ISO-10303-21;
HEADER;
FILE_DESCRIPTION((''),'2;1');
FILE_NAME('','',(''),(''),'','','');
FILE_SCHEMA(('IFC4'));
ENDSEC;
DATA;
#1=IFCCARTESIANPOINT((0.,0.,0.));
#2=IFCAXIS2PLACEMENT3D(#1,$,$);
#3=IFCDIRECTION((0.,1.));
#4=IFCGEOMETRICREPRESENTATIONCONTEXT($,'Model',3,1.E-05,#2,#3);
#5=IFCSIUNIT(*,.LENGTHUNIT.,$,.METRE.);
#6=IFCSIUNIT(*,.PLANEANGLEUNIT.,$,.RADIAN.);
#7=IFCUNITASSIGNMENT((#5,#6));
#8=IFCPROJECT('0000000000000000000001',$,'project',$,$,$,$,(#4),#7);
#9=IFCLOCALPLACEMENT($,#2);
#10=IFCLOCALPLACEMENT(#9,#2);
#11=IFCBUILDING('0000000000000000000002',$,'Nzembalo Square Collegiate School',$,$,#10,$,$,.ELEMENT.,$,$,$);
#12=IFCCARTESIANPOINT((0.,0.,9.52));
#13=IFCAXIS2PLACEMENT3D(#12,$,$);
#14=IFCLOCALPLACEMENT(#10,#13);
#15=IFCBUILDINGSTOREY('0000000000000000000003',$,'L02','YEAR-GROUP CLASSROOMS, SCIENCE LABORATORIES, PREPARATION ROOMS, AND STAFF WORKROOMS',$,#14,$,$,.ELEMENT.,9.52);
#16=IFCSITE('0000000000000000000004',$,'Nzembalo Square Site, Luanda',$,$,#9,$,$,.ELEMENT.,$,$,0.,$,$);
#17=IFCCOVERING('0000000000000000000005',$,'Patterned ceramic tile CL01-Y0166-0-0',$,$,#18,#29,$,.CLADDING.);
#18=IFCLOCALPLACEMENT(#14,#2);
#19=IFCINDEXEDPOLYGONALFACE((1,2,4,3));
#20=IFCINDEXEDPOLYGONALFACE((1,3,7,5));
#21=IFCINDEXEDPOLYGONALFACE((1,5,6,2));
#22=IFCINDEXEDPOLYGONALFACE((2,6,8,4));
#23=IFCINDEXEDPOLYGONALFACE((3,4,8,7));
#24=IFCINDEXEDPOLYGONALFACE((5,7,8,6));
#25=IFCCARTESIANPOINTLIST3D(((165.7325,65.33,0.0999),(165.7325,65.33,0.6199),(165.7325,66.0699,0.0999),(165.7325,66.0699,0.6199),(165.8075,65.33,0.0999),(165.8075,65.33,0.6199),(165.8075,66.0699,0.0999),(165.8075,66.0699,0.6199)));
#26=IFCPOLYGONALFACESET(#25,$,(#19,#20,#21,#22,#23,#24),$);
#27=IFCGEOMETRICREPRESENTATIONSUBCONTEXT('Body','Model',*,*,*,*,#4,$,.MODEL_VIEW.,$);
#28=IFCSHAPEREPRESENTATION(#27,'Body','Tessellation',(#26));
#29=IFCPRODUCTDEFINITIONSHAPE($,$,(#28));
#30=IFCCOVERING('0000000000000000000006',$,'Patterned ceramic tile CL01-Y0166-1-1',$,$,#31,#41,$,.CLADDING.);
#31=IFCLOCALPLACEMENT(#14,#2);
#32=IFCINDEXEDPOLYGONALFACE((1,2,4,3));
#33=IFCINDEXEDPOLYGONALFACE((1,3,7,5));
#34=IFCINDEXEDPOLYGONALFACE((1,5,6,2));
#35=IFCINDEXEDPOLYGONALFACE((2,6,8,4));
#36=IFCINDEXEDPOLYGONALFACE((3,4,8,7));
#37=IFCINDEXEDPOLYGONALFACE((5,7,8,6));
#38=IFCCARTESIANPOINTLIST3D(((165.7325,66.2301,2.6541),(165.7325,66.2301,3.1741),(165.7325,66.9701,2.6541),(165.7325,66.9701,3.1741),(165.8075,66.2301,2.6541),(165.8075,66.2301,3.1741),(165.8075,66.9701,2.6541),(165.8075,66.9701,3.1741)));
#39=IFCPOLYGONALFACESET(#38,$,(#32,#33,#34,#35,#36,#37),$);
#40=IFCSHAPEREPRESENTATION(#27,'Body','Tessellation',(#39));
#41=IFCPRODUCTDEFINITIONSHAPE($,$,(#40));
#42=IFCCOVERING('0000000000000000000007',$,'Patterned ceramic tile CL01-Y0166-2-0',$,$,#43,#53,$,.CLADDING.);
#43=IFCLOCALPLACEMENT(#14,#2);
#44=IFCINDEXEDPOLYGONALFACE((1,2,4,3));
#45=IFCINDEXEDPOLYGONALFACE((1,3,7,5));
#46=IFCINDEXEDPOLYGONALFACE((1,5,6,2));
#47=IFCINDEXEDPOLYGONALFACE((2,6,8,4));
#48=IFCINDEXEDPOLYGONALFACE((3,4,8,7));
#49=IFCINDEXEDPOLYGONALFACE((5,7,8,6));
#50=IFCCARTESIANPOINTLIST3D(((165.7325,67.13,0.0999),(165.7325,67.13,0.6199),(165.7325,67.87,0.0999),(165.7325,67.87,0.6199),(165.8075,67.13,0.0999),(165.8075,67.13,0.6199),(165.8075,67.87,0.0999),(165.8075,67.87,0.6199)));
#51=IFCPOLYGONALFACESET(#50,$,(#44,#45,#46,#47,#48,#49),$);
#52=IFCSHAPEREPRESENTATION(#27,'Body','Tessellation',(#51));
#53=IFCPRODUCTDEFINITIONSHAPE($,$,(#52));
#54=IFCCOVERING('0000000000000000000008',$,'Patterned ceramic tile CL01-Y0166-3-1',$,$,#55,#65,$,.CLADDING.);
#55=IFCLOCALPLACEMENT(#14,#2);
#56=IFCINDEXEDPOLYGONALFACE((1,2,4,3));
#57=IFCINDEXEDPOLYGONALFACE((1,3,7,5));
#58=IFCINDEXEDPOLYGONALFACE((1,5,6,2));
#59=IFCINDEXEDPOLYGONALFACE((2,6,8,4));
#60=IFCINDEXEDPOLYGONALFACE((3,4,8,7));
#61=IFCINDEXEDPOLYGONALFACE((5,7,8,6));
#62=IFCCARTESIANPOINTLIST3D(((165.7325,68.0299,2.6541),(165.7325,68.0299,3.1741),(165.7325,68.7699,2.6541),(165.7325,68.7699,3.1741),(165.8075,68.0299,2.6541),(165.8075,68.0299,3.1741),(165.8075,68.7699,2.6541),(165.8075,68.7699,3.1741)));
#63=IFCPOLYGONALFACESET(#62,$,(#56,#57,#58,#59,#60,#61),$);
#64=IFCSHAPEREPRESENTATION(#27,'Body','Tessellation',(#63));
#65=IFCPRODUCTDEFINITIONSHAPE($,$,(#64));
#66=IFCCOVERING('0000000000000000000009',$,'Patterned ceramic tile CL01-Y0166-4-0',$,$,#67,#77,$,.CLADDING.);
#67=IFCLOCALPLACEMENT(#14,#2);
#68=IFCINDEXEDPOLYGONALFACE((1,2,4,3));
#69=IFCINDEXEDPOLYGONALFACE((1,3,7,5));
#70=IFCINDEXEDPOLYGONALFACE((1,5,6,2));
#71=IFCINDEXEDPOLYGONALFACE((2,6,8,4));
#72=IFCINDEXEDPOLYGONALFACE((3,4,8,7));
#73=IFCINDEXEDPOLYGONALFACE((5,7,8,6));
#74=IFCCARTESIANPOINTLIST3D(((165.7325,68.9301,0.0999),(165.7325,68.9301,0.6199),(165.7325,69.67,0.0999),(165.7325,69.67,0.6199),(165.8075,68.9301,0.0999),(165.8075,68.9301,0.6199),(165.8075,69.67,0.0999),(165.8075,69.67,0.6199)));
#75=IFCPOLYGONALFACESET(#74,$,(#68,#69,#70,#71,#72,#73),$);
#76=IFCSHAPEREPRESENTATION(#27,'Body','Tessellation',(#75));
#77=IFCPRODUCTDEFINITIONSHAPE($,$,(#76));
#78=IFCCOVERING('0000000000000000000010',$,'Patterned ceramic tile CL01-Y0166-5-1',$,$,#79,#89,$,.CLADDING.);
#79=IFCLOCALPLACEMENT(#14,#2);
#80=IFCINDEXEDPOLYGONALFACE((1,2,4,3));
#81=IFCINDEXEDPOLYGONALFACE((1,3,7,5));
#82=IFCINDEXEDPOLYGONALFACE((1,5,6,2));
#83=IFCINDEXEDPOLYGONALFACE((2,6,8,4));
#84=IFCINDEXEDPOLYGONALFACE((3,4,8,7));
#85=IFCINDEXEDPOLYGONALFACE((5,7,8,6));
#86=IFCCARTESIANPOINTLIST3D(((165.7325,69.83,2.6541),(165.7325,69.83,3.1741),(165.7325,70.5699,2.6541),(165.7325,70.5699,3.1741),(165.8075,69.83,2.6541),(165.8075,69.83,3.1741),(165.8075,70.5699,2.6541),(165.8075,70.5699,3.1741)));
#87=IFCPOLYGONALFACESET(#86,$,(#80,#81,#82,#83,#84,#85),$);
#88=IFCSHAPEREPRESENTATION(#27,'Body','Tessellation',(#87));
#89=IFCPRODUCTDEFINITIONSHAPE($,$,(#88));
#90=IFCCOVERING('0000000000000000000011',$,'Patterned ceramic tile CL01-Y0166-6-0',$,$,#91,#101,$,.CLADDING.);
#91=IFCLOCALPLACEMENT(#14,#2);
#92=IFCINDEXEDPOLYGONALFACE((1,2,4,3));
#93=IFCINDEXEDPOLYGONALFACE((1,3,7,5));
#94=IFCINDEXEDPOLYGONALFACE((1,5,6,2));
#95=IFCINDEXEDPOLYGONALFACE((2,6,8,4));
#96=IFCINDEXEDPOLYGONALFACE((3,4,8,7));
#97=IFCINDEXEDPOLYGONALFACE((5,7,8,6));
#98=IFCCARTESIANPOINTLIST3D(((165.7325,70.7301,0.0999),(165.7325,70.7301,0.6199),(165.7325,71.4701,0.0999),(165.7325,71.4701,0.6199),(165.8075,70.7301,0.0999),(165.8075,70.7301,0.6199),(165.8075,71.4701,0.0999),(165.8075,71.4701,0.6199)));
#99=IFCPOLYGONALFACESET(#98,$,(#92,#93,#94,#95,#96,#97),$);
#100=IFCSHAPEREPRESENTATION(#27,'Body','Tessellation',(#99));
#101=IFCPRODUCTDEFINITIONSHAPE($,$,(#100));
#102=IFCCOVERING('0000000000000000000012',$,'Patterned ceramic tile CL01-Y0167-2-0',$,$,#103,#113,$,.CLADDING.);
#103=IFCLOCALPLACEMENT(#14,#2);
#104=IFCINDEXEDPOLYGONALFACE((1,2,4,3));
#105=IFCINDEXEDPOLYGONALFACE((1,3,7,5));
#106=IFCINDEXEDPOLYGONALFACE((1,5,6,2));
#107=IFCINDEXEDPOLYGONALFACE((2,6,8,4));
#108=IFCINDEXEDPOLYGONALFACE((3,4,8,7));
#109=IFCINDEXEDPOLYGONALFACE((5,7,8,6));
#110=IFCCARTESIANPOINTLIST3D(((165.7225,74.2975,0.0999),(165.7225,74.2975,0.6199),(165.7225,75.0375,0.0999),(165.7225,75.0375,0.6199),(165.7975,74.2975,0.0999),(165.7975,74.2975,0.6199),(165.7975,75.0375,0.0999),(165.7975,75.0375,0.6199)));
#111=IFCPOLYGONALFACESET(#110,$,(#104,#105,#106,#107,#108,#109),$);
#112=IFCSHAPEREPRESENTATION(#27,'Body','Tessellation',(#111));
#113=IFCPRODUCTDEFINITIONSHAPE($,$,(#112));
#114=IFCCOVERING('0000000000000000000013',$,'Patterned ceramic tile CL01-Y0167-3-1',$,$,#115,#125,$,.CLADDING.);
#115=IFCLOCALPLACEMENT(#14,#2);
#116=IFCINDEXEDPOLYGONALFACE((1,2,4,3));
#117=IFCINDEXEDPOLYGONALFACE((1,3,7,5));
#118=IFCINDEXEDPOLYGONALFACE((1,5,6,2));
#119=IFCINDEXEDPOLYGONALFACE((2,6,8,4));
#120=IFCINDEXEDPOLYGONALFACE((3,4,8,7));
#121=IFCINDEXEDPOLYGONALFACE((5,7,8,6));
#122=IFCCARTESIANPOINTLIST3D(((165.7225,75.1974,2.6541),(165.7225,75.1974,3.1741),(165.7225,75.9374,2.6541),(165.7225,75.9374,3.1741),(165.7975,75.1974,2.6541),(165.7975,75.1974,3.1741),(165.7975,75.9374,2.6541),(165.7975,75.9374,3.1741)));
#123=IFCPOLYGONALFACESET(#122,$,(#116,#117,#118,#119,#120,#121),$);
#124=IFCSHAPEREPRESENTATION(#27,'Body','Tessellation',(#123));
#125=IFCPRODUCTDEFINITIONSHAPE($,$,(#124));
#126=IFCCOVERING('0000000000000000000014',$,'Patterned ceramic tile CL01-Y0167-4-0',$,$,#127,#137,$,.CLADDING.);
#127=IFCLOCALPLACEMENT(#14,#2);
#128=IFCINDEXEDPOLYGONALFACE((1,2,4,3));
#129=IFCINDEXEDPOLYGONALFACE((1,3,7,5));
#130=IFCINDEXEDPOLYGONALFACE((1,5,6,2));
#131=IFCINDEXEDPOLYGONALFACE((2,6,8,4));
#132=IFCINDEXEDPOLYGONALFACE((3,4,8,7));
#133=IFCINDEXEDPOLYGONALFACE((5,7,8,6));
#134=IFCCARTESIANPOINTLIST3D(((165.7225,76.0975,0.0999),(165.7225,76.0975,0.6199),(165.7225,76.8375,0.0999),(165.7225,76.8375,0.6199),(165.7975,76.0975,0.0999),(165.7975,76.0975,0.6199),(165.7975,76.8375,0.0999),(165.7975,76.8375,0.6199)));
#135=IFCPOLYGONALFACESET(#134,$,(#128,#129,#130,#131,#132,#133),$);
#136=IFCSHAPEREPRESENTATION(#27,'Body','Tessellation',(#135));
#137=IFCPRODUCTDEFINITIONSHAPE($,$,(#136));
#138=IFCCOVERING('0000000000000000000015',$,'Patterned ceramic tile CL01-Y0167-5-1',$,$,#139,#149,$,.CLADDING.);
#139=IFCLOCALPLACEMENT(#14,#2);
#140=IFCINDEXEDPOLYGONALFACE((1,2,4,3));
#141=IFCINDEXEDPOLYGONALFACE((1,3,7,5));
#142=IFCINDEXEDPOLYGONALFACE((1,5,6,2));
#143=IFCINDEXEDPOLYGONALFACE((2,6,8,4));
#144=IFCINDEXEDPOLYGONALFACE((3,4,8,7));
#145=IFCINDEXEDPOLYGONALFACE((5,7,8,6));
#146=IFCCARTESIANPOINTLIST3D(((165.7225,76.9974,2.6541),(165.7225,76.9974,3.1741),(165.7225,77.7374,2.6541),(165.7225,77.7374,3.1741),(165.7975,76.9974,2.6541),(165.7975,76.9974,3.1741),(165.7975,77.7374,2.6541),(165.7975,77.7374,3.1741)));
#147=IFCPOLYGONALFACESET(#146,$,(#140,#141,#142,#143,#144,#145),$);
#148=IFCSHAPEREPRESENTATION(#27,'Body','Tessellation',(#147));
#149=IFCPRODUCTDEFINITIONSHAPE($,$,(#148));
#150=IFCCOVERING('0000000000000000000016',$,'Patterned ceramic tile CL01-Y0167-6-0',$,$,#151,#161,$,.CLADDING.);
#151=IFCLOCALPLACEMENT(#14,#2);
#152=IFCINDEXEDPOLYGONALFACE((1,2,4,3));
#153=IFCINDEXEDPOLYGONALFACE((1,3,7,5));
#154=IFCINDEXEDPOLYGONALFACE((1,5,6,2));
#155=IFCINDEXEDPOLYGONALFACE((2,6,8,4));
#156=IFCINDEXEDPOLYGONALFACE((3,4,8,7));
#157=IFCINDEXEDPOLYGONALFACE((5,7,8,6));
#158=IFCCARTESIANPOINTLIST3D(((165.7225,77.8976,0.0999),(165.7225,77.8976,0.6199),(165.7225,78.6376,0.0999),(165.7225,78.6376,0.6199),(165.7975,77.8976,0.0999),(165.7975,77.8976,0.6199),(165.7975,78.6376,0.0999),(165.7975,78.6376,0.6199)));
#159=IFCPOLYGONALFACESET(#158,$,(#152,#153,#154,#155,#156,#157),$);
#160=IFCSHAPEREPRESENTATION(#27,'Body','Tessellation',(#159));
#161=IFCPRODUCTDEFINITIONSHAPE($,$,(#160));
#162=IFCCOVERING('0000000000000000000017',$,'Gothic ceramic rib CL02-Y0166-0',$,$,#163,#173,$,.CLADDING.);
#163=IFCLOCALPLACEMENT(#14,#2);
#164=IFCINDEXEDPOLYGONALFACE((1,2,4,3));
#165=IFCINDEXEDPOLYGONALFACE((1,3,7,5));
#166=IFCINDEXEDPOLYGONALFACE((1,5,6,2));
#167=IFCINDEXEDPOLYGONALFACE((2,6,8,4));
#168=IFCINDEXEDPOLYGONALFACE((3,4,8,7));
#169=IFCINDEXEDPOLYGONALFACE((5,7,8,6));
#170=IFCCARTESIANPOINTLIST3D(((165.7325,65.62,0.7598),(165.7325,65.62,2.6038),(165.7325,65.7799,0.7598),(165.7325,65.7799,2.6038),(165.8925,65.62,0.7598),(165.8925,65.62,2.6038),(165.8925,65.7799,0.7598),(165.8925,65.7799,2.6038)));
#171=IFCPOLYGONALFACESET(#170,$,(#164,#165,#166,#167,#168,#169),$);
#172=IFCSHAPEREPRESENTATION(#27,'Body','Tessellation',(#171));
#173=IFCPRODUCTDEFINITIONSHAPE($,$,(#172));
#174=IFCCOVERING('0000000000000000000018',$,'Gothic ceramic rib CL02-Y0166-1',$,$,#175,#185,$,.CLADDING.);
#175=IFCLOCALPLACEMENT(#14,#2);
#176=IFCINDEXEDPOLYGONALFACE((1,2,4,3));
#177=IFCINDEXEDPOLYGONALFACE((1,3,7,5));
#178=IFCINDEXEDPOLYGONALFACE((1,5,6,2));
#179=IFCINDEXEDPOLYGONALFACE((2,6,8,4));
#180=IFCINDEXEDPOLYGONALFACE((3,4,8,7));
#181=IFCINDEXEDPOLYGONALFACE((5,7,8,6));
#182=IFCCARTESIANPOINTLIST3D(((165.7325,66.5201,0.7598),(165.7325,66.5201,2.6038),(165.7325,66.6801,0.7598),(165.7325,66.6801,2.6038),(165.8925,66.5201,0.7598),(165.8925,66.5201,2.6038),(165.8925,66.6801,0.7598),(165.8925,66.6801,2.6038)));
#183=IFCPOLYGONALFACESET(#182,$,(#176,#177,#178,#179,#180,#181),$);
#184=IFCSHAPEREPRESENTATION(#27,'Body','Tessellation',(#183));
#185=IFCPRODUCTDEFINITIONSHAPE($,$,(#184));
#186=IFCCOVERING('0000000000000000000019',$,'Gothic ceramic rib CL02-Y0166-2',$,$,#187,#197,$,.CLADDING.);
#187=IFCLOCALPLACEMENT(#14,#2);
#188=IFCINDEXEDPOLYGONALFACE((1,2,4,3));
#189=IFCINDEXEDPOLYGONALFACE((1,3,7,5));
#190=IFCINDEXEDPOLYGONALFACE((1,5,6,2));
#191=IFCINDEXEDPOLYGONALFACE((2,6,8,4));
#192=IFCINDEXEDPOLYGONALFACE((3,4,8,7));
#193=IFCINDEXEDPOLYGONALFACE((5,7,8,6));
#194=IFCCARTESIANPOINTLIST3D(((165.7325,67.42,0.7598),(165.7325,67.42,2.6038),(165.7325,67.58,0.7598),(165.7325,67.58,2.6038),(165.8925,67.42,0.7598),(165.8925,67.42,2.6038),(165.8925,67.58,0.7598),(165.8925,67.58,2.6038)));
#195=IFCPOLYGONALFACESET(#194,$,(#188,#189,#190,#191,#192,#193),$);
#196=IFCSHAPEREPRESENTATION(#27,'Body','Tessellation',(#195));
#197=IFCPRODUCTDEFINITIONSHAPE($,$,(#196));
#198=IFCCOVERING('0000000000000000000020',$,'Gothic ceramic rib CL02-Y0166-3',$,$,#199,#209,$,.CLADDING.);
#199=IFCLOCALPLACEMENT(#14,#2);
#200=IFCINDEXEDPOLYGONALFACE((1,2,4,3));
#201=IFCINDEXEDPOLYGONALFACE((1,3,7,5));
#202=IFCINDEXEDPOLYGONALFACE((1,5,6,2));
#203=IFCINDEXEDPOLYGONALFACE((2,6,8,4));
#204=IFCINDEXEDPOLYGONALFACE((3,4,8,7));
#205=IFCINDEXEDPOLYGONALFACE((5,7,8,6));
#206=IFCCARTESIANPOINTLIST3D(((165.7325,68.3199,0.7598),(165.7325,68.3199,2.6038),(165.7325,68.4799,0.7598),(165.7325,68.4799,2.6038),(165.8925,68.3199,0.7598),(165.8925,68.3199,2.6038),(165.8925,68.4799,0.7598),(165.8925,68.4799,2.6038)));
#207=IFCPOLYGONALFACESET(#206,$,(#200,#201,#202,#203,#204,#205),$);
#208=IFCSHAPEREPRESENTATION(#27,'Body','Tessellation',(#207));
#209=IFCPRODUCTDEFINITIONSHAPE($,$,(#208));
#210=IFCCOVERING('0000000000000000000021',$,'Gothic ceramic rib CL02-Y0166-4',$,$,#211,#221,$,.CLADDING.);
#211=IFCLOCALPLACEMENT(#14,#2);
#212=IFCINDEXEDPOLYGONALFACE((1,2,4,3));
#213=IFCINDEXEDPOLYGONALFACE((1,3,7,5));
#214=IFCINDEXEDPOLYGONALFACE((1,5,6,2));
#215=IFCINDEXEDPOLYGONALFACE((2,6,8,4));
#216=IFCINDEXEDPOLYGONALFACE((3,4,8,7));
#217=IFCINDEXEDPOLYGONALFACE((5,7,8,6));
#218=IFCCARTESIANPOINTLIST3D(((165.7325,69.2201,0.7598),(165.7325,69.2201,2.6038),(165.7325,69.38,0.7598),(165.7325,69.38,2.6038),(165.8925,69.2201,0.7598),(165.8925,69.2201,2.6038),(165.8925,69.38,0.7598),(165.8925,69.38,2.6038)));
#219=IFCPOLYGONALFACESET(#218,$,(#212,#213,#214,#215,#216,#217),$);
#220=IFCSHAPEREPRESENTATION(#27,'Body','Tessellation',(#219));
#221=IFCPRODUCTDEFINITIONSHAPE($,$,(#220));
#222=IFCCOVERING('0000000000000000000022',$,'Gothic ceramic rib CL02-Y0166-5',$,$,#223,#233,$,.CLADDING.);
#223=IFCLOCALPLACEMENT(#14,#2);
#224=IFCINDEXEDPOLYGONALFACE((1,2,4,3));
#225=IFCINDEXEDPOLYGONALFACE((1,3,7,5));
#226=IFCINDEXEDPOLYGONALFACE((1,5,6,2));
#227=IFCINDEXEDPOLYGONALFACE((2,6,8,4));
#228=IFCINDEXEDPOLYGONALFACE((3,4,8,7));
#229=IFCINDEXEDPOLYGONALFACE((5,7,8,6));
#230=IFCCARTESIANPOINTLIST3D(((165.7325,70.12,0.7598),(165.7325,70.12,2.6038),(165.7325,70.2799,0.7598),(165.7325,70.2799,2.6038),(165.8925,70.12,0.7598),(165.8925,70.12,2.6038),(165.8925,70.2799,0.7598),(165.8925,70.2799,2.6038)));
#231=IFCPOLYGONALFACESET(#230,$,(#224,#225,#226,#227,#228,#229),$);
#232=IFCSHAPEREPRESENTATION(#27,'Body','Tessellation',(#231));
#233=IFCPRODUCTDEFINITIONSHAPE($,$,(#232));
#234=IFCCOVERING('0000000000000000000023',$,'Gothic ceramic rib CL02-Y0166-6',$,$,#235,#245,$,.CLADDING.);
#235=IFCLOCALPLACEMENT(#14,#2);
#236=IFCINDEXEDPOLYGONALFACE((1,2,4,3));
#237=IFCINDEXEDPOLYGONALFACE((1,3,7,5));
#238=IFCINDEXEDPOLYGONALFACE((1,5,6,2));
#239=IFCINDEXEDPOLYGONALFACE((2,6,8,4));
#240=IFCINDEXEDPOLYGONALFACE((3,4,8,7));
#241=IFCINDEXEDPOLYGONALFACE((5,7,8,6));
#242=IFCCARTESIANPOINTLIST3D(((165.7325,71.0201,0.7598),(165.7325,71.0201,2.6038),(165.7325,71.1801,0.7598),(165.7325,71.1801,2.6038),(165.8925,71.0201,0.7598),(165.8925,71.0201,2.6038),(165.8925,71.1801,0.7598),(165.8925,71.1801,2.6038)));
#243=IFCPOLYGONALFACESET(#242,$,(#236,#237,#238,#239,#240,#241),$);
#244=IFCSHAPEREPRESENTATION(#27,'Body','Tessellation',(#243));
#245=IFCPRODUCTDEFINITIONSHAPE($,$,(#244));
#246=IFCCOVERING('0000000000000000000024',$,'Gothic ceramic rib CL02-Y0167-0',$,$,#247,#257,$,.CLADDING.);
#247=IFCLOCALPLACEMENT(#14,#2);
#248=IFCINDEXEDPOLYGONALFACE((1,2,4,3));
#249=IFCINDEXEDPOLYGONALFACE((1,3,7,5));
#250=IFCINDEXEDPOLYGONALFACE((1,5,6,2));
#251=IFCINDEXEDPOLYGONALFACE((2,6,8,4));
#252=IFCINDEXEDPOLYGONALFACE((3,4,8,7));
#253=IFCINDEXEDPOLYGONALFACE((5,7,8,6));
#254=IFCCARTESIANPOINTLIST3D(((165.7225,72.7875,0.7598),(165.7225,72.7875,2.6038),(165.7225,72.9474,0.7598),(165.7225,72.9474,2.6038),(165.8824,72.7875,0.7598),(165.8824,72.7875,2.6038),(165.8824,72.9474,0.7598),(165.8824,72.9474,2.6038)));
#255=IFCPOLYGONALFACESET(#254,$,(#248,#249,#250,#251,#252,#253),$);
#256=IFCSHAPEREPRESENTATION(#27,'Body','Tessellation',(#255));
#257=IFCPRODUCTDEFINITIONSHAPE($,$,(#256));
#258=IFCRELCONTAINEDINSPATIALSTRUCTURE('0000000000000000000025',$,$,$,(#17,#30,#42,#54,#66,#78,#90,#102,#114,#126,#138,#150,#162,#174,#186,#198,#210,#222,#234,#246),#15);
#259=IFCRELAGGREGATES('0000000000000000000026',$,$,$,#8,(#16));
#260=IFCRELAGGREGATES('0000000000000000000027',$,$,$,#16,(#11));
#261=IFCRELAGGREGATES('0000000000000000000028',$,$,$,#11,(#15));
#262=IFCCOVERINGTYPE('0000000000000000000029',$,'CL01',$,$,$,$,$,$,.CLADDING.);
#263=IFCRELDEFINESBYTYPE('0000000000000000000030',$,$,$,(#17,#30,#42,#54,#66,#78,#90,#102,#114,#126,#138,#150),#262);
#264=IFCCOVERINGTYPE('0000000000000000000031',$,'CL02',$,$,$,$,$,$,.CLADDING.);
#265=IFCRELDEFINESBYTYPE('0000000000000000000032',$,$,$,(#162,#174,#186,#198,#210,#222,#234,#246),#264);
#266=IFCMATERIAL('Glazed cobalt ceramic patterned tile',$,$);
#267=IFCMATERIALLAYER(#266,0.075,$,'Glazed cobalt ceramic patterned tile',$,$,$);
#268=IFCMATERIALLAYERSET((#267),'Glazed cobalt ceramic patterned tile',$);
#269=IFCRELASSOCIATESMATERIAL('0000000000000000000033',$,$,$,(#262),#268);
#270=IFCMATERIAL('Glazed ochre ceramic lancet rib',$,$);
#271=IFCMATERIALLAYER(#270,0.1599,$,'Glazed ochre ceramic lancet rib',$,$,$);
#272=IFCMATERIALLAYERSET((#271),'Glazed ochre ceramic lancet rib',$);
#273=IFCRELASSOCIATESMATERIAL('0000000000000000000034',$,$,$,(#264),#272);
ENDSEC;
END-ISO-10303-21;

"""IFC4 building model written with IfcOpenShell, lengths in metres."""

from ifc_helpers import new_model, si_unit, direction, frame, origin, origin_2d, place, context, subcontext, project, spatial, rectangle, extrude, material, layer, layer_set, type_object, element, save


model = new_model("IFC4")

# Units and contexts
model_context = context("Model", 3, precision=1e-05, world=origin(), true_north=direction((0.0, 1.0)))
body_context = subcontext(model_context, "Body", "Model", "MODEL_VIEW")
ifc_project = project(units=[si_unit("LENGTHUNIT", "METRE"), si_unit("PLANEANGLEUNIT", "RADIAN")], contexts=[model_context])

# Site, building, storey
site_placement = place(None, origin())
site = spatial("IfcSite", under=ifc_project, at=site_placement, Name="Nzembalo Square Site, Luanda", CompositionType="ELEMENT", RefElevation=0.0)
building_placement = place(site_placement, origin())
building = spatial("IfcBuilding", under=site, at=building_placement, Name="Nzembalo Square Collegiate School", CompositionType="ELEMENT")
storey_placement = place(building_placement, frame((0.0, 0.0, 9.52)))
storey = spatial("IfcBuildingStorey", under=building, at=storey_placement, Name="L02", Description="YEAR-GROUP CLASSROOMS, SCIENCE LABORATORIES, PREPARATION ROOMS, AND STAFF WORKROOMS", CompositionType="ELEMENT", Elevation=9.52)

# Coverings
ifc_material_1 = material(Name="Glazed cobalt ceramic patterned tile")
ifc_layer_1 = layer(ifc_material_1, 0.075, Name="Glazed cobalt ceramic patterned tile")
ifc_layer_set_1 = layer_set([ifc_layer_1], Name="Glazed cobalt ceramic patterned tile")
covering_type_1 = type_object("IfcCoveringType", Name="CL01", PredefinedType="CLADDING", material=ifc_layer_set_1)
for number, where, z_axis, x_axis, name in (
    (1, (165.77, 65.7, 0.0999), (0.0, 0.0, 1.0), (1.0, 0.0, 0.0), "Patterned ceramic tile CL01-Y0166-0-0"),
    (2, (165.77, 66.6001, 2.6541), (0.0, 0.0, 1.0), (1.0, 0.0, 0.0), "Patterned ceramic tile CL01-Y0166-1-1"),
    (3, (165.77, 67.5, 0.0999), (0.0, 0.0, 1.0), (1.0, 0.0, 0.0), "Patterned ceramic tile CL01-Y0166-2-0"),
    (4, (165.77, 68.3999, 2.6541), (0.0, 0.0, 1.0), (1.0, 0.0, 0.0), "Patterned ceramic tile CL01-Y0166-3-1"),
    (5, (165.77, 69.3, 0.0999), (0.0, 0.0, 1.0), (1.0, 0.0, 0.0), "Patterned ceramic tile CL01-Y0166-4-0"),
    (6, (165.77, 70.2, 2.6541), (0.0, 0.0, 1.0), (1.0, 0.0, 0.0), "Patterned ceramic tile CL01-Y0166-5-1"),
    (7, (165.77, 71.1001, 0.0999), (0.0, 0.0, 1.0), (1.0, 0.0, 0.0), "Patterned ceramic tile CL01-Y0166-6-0"),
    (8, (165.76, 74.6675, 0.0999), (0.0, 0.0, 1.0), (1.0, 0.0, 0.0), "Patterned ceramic tile CL01-Y0167-2-0"),
    (9, (165.76, 75.5674, 2.6541), (0.0, 0.0, 1.0), (1.0, 0.0, 0.0), "Patterned ceramic tile CL01-Y0167-3-1"),
    (10, (165.76, 76.4675, 0.0999), (0.0, 0.0, 1.0), (1.0, 0.0, 0.0), "Patterned ceramic tile CL01-Y0167-4-0"),
    (11, (165.76, 77.3674, 2.6541), (0.0, 0.0, 1.0), (1.0, 0.0, 0.0), "Patterned ceramic tile CL01-Y0167-5-1"),
    (12, (165.76, 78.2676, 0.0999), (0.0, 0.0, 1.0), (1.0, 0.0, 0.0), "Patterned ceramic tile CL01-Y0167-6-0"),
):
    element("IfcCovering", number, at=place(storey_placement, frame(where, z_axis=z_axis, x_axis=x_axis)), inside=storey, type_object=covering_type_1, Name=name, PredefinedType="CLADDING", context=body_context, shape_type="SweptSolid", body=[
        extrude(rectangle(XDim=0.075, YDim=0.74, at=origin_2d()), origin(), (0.0, 0.0, 1.0), 0.52),
    ])
ifc_material_2 = material(Name="Glazed ochre ceramic lancet rib")
ifc_layer_2 = layer(ifc_material_2, 0.1599, Name="Glazed ochre ceramic lancet rib")
ifc_layer_set_2 = layer_set([ifc_layer_2], Name="Glazed ochre ceramic lancet rib")
covering_type_2 = type_object("IfcCoveringType", Name="CL02", PredefinedType="CLADDING", material=ifc_layer_set_2)
for number, where, z_axis, x_axis, name in (
    (13, (165.8125, 65.7, 0.7598), (0.0, 0.0, 1.0), (1.0, 0.0, 0.0), "Gothic ceramic rib CL02-Y0166-0"),
    (14, (165.8125, 66.6001, 0.7598), (0.0, 0.0, 1.0), (1.0, 0.0, 0.0), "Gothic ceramic rib CL02-Y0166-1"),
    (15, (165.8125, 67.5, 0.7598), (0.0, 0.0, 1.0), (1.0, 0.0, 0.0), "Gothic ceramic rib CL02-Y0166-2"),
    (16, (165.8125, 68.3999, 0.7598), (0.0, 0.0, 1.0), (1.0, 0.0, 0.0), "Gothic ceramic rib CL02-Y0166-3"),
    (17, (165.8125, 69.3, 0.7598), (0.0, 0.0, 1.0), (1.0, 0.0, 0.0), "Gothic ceramic rib CL02-Y0166-4"),
    (18, (165.8125, 70.2, 0.7598), (0.0, 0.0, 1.0), (1.0, 0.0, 0.0), "Gothic ceramic rib CL02-Y0166-5"),
    (19, (165.8125, 71.1001, 0.7598), (0.0, 0.0, 1.0), (1.0, 0.0, 0.0), "Gothic ceramic rib CL02-Y0166-6"),
    (20, (165.8025, 72.8674, 0.7598), (0.0, 0.0, 1.0), (1.0, 0.0, 0.0), "Gothic ceramic rib CL02-Y0167-0"),
):
    element("IfcCovering", number, at=place(storey_placement, frame(where, z_axis=z_axis, x_axis=x_axis)), inside=storey, type_object=covering_type_2, Name=name, PredefinedType="CLADDING", context=body_context, shape_type="SweptSolid", body=[
        extrude(rectangle(XDim=0.1599, YDim=0.1599, at=origin_2d()), origin(), (0.0, 0.0, 1.0), 1.844),
    ])

save(model, "model.ifc")
